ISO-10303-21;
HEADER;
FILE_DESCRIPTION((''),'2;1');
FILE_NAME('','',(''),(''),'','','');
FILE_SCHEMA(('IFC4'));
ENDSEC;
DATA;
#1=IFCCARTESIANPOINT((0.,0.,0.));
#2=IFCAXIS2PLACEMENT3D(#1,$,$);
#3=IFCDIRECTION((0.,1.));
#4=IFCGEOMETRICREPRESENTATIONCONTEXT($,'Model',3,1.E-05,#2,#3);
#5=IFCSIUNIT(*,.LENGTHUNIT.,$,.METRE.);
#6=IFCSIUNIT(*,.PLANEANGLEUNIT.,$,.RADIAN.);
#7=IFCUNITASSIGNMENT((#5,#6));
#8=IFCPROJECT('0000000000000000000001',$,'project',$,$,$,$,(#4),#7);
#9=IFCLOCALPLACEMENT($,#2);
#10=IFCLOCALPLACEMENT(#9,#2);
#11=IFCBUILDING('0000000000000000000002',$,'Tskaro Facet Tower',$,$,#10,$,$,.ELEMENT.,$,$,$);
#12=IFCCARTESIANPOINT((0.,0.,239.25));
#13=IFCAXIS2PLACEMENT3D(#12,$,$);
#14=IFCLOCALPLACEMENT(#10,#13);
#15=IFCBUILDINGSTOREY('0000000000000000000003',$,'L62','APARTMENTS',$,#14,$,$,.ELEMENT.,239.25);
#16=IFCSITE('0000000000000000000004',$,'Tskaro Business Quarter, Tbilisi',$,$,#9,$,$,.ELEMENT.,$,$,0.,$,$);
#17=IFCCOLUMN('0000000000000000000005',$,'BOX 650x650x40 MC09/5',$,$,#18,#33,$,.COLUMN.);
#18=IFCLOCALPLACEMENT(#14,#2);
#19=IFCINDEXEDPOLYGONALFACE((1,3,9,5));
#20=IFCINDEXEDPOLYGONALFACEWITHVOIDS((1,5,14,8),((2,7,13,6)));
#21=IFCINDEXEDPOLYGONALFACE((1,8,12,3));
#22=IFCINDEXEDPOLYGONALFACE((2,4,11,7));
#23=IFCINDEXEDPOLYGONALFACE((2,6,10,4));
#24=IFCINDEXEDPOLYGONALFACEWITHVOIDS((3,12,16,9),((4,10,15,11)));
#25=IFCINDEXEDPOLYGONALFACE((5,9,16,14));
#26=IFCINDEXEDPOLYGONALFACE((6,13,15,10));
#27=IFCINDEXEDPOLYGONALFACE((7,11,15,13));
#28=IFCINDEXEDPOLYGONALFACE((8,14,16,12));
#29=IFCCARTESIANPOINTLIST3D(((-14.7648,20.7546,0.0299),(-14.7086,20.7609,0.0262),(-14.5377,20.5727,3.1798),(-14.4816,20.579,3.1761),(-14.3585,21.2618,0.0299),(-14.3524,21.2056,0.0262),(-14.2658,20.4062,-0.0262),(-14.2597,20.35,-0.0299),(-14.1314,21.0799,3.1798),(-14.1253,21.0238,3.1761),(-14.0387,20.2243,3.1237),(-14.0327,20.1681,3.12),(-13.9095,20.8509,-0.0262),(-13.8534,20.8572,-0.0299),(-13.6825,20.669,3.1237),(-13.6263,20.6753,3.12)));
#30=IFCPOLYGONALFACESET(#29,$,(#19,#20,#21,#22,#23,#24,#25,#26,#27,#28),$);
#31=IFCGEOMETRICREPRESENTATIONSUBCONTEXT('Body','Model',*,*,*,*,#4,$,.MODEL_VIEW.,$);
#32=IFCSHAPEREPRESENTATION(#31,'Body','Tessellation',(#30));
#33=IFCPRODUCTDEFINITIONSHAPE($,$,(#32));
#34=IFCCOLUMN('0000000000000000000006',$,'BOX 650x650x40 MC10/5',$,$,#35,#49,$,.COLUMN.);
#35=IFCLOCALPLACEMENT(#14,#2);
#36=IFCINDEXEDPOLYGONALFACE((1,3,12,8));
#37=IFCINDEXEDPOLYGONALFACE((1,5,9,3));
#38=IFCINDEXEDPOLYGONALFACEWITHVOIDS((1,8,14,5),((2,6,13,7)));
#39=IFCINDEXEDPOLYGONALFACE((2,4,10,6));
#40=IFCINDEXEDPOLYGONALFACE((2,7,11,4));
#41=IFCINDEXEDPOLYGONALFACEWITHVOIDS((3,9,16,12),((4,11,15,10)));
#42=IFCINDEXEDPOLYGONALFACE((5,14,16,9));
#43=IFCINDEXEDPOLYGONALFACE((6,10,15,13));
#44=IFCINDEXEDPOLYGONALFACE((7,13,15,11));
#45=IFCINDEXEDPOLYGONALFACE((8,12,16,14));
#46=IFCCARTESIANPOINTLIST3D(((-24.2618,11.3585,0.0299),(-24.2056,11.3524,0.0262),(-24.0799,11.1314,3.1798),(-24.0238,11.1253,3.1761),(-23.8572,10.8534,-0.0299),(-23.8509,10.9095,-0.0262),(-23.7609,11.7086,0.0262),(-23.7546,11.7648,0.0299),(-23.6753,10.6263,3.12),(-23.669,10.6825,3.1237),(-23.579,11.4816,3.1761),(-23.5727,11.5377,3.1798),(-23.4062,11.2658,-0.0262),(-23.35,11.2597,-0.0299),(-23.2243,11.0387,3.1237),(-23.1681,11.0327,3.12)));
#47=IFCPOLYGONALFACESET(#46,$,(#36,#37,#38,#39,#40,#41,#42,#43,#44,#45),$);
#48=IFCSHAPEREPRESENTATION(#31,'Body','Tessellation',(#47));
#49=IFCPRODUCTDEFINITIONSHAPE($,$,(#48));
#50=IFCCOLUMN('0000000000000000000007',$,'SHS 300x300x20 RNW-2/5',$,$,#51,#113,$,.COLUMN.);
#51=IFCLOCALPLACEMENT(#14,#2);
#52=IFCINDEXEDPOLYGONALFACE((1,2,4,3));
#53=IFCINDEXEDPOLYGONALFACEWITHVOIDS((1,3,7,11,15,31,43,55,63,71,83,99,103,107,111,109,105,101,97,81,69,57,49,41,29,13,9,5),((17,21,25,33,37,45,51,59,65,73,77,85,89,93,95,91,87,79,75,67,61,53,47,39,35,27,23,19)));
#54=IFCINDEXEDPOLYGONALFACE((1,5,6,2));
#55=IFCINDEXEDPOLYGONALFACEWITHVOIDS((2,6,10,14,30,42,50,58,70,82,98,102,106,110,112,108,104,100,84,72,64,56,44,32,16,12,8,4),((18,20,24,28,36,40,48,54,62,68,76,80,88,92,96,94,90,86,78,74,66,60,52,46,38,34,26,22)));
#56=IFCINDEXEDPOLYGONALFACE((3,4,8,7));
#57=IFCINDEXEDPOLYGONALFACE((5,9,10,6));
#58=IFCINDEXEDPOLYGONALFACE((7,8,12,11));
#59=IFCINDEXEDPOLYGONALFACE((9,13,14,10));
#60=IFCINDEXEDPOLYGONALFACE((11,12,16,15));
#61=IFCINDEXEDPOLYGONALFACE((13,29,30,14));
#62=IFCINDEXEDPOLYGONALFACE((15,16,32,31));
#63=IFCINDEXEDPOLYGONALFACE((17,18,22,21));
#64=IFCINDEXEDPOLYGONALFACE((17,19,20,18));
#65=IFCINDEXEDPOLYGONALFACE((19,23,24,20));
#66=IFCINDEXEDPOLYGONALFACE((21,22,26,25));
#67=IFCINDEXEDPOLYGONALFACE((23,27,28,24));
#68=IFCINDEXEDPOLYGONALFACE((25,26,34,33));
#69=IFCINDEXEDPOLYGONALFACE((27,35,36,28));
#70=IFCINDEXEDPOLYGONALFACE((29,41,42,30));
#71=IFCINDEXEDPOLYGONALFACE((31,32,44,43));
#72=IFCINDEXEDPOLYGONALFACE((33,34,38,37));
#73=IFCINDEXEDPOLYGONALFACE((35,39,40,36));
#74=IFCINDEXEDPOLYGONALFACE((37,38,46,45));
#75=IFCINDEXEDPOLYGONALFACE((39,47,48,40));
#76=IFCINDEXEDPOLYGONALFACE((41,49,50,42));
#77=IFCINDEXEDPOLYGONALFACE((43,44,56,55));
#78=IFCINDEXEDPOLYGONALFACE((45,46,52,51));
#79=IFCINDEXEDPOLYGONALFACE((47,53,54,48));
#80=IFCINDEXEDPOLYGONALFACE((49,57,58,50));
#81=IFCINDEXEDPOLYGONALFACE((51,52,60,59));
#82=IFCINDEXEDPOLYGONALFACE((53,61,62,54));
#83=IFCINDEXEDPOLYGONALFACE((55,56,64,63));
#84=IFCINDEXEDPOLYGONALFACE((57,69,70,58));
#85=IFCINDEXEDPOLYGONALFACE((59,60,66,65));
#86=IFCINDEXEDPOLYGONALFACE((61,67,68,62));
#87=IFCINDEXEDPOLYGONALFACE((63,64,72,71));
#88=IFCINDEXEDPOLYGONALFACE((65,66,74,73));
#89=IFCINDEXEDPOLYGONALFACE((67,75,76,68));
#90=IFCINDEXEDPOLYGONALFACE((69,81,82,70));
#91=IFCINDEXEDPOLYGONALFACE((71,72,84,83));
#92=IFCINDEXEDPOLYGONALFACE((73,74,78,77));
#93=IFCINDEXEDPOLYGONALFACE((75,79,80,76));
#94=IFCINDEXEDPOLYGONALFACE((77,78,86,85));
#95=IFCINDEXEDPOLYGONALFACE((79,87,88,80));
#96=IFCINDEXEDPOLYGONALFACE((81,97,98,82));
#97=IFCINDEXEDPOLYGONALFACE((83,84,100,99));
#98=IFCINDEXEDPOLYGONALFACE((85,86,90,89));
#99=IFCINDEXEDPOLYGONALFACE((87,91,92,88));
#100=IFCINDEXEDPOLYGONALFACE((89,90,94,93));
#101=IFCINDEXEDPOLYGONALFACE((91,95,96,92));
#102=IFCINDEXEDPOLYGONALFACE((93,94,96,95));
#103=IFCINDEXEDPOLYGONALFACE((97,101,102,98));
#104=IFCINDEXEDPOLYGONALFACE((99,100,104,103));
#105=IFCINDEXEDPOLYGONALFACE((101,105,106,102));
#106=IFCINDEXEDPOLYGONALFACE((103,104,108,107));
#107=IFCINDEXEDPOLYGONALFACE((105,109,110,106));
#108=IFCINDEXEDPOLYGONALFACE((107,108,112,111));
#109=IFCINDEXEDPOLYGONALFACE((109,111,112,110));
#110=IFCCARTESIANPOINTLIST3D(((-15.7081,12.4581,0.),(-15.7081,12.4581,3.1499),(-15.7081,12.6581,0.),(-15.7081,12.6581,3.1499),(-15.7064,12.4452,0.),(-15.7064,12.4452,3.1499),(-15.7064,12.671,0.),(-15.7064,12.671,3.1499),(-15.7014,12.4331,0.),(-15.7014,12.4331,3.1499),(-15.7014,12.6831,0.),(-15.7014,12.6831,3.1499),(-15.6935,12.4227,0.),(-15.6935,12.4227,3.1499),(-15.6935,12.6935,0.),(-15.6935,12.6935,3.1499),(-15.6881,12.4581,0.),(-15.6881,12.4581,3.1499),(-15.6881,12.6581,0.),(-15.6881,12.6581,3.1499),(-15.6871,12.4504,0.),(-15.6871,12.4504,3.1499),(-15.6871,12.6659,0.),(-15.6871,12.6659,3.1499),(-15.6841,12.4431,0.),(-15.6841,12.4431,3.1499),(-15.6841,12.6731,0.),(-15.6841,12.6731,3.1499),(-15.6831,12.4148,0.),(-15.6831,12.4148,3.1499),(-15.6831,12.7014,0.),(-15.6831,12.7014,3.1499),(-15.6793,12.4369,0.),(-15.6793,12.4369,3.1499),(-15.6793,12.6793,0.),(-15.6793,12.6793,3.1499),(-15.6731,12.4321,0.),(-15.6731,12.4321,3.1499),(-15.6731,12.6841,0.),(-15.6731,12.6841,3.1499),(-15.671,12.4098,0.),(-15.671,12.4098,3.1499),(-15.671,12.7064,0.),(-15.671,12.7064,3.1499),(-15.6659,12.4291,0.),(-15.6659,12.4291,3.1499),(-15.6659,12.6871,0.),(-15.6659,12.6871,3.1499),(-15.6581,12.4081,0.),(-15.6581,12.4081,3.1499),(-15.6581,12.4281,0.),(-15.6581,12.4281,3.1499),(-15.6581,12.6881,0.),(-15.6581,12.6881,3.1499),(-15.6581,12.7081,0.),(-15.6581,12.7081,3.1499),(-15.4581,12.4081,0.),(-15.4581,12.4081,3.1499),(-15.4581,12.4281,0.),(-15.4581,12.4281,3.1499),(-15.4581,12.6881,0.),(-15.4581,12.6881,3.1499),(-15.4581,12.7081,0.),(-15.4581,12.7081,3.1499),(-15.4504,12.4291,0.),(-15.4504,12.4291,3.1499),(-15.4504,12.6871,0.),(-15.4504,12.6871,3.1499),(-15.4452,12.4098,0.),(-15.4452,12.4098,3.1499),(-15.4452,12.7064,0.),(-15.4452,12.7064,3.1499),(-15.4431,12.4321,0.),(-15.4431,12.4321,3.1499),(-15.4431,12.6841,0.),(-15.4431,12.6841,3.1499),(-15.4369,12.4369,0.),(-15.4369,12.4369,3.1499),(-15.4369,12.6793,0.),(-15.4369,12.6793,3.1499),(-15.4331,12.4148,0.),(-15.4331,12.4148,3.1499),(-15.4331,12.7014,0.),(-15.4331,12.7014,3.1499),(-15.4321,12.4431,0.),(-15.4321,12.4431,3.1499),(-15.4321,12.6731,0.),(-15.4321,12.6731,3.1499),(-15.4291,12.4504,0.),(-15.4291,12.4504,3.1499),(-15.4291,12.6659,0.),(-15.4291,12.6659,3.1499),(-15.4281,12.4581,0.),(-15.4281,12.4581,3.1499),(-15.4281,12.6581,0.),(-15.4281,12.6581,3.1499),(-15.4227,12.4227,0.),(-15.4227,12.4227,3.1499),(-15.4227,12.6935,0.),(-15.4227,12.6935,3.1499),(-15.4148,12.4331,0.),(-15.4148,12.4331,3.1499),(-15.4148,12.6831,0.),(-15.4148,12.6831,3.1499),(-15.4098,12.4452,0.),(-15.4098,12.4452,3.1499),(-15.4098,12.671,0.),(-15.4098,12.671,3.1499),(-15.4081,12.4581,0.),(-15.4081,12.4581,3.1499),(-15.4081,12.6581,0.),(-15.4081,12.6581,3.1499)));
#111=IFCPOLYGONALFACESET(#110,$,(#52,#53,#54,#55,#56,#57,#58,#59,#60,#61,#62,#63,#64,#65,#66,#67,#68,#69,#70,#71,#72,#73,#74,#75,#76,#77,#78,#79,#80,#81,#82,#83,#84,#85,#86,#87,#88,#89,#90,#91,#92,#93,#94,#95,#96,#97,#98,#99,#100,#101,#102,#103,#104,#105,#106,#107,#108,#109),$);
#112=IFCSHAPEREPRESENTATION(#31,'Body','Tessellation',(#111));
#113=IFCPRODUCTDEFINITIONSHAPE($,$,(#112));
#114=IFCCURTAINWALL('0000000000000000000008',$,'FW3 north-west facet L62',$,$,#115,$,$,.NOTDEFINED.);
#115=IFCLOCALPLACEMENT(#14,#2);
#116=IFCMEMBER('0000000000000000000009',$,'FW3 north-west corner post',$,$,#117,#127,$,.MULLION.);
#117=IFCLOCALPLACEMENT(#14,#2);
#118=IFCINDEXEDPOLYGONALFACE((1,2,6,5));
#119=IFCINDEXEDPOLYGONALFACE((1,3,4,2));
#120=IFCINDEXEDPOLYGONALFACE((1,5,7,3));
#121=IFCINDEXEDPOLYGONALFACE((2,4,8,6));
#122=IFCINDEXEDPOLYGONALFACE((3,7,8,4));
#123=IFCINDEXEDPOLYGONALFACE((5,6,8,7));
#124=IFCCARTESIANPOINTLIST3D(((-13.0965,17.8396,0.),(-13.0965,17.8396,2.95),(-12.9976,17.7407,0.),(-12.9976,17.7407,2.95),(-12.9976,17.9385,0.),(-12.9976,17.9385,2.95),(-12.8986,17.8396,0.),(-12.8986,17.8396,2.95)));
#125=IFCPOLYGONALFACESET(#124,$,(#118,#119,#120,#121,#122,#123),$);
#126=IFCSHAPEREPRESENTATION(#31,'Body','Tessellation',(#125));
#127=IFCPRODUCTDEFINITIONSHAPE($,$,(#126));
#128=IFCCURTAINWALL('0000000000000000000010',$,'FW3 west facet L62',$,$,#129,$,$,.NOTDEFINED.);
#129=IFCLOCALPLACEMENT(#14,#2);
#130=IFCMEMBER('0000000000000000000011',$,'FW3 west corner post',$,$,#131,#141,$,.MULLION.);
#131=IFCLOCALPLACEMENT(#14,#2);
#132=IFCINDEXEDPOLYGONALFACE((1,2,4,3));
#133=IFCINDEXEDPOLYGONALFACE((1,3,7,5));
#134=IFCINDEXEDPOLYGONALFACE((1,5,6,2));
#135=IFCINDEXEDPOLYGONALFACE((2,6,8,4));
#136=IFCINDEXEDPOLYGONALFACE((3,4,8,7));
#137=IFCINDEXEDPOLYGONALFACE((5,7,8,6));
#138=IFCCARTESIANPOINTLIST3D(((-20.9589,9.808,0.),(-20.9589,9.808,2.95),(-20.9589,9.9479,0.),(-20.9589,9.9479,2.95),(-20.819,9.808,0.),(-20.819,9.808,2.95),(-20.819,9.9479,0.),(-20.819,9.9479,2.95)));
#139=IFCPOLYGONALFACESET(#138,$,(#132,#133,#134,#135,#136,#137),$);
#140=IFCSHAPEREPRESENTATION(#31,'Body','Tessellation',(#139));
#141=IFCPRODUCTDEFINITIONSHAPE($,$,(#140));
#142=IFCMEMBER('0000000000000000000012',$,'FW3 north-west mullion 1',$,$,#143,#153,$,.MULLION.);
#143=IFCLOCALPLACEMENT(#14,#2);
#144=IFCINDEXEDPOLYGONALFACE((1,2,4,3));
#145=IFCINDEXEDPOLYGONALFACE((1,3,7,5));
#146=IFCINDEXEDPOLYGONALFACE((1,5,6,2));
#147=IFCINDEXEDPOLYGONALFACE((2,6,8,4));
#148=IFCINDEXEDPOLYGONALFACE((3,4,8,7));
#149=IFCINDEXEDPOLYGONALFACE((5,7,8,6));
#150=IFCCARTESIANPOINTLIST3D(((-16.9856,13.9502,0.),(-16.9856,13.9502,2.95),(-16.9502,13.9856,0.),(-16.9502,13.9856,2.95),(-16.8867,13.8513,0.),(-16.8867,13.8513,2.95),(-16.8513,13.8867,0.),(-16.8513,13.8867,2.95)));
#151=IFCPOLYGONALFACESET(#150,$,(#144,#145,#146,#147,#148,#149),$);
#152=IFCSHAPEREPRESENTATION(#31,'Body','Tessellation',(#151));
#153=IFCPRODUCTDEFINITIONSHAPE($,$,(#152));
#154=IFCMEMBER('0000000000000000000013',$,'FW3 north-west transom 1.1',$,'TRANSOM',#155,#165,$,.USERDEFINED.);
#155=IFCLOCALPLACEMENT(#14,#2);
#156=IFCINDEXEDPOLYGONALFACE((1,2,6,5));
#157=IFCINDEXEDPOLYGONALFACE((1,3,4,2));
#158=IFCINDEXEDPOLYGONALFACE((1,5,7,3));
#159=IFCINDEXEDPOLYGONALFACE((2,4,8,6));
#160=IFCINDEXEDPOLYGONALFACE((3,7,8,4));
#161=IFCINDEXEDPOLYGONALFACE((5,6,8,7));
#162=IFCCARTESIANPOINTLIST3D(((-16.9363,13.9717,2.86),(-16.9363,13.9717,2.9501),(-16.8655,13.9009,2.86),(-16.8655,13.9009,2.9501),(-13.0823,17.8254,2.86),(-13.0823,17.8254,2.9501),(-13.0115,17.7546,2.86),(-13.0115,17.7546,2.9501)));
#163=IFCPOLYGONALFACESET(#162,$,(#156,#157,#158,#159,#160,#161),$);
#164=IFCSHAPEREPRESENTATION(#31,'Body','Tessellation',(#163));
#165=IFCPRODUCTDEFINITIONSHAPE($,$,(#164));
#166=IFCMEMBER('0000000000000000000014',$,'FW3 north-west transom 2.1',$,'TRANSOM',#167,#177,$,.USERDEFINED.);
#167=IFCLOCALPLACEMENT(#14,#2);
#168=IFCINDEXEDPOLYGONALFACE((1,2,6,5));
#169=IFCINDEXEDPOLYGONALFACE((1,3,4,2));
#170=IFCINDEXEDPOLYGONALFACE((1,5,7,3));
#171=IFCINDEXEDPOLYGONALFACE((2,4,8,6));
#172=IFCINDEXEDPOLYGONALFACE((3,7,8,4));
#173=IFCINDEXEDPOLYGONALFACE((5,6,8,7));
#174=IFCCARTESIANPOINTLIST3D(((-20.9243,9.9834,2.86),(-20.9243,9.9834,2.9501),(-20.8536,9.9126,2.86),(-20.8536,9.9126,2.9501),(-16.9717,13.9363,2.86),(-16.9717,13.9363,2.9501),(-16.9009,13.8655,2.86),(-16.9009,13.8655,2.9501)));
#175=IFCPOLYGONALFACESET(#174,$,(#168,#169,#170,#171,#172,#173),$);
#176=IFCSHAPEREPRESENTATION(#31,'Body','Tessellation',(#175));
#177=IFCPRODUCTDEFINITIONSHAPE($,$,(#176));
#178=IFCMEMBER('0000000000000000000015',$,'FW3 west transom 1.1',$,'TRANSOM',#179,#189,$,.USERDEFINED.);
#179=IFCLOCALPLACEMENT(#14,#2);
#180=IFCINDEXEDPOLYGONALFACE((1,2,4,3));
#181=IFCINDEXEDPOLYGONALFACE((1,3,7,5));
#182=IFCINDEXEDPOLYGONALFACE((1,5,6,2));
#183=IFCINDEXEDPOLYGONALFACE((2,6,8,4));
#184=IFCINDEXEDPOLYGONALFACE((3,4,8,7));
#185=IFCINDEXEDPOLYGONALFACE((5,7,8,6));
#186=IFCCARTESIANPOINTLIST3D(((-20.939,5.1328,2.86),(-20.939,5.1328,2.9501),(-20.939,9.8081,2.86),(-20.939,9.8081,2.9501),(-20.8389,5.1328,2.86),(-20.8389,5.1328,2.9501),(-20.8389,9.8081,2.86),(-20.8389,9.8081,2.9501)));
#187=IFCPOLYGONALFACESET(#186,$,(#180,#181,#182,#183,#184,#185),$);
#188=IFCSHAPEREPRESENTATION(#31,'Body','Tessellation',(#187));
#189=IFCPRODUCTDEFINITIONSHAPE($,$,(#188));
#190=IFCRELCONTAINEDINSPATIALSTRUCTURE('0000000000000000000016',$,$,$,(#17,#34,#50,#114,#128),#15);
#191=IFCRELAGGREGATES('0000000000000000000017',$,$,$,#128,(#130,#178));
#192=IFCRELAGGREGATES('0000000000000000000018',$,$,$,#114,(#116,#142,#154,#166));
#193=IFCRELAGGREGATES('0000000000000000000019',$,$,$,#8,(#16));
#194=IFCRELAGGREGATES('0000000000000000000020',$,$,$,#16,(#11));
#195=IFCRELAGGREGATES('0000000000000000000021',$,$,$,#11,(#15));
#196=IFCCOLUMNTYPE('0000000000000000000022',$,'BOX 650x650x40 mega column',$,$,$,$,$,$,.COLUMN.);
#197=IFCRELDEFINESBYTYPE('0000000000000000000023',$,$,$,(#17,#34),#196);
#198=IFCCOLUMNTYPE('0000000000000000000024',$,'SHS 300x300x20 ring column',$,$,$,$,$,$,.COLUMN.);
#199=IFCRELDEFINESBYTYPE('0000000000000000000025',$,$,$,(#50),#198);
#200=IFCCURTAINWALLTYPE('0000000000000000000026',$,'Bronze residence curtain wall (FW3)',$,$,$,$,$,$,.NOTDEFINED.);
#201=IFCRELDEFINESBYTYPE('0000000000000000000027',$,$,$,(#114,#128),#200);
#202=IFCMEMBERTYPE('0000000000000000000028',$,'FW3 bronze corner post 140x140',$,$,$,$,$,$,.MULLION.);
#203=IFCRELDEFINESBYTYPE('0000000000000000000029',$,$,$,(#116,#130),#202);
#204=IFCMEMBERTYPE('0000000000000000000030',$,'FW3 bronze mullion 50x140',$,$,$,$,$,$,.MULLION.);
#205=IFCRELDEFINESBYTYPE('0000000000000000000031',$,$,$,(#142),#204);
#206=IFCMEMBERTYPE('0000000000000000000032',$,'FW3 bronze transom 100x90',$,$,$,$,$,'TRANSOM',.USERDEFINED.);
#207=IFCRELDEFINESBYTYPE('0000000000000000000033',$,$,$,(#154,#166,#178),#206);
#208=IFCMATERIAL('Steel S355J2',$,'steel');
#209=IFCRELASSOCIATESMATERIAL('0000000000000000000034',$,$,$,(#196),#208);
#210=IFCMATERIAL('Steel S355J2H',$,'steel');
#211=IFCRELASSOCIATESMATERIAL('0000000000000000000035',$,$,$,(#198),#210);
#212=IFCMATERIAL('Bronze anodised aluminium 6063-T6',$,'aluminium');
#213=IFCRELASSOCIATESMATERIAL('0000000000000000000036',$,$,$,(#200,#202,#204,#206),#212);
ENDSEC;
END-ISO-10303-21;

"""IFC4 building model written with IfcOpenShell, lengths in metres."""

from ifc_helpers import new_model, si_unit, direction, frame, origin, origin_2d, place, context, subcontext, project, spatial, rectangle, hollow_rectangle, extrude, material, material_profile, profile_set, type_object, element, aggregate, save


model = new_model("IFC4")

# Units and contexts
model_context = context("Model", 3, precision=1e-05, world=origin(), true_north=direction((0.0, 1.0)))
body_context = subcontext(model_context, "Body", "Model", "MODEL_VIEW")
ifc_project = project(units=[si_unit("LENGTHUNIT", "METRE"), si_unit("PLANEANGLEUNIT", "RADIAN")], contexts=[model_context])

# Site, building, storey
site_placement = place(None, origin())
site = spatial("IfcSite", under=ifc_project, at=site_placement, Name="Tskaro Business Quarter, Tbilisi", CompositionType="ELEMENT", RefElevation=0.0)
building_placement = place(site_placement, origin())
building = spatial("IfcBuilding", under=site, at=building_placement, Name="Tskaro Facet Tower", CompositionType="ELEMENT")
storey_placement = place(building_placement, frame((0.0, 0.0, 239.25)))
storey = spatial("IfcBuildingStorey", under=building, at=storey_placement, Name="L62", Description="APARTMENTS", CompositionType="ELEMENT", Elevation=239.25)

# Columns
ifc_material_1 = material(Name="Steel S355J2", Category="steel")
ifc_material_profile_1 = material_profile(ifc_material_1, hollow_rectangle(XDim=0.6499, YDim=0.6499, WallThickness=0.04, at=origin_2d()), Name="BOX 650x650x40")
ifc_profile_set_1 = profile_set([ifc_material_profile_1], Name="Steel S355J2")
column_type_1 = type_object("IfcColumnType", Name="BOX 650x650x40 mega column", PredefinedType="COLUMN", material=ifc_profile_set_1)
for number, where, z_axis, x_axis, name in (
    (1, (-14.3091, 20.8059, 0.0), (0.071776, -0.057498, 0.995762), (0.625207, 0.780459, 0.0), "BOX 650x650x40 MC09/5"),
    (2, (-23.8059, 11.3091, 0.0), (0.057498, -0.071776, 0.995762), (0.780459, 0.625207, 0.0), "BOX 650x650x40 MC10/5"),
):
    element("IfcColumn", number, at=place(storey_placement, frame(where, z_axis=z_axis, x_axis=x_axis)), inside=storey, type_object=column_type_1, Name=name, PredefinedType="COLUMN", context=body_context, shape_type="SweptSolid", body=[
        extrude(hollow_rectangle(XDim=0.6499, YDim=0.6499, WallThickness=0.04, at=origin_2d()), origin(), (0.0, 0.0, 1.0), 3.1633),
    ])
ifc_material_2 = material(Name="Steel S355J2H", Category="steel")
ifc_material_profile_2 = material_profile(ifc_material_2, hollow_rectangle(XDim=0.3, YDim=0.3, WallThickness=0.02, InnerFilletRadius=0.03, OuterFilletRadius=0.05, at=origin_2d()), Name="SHS 300x300x20")
ifc_profile_set_2 = profile_set([ifc_material_profile_2], Name="Steel S355J2H")
column_type_2 = type_object("IfcColumnType", Name="SHS 300x300x20 ring column", PredefinedType="COLUMN", material=ifc_profile_set_2)
column_placement = place(storey_placement, frame((-15.5581, 12.5581, 0.0), z_axis=(0.0, 0.0, 1.0), x_axis=(1.0, 0.0, 0.0)))
element("IfcColumn", 3, at=column_placement, inside=storey, type_object=column_type_2, Name="SHS 300x300x20 RNW-2/5", PredefinedType="COLUMN", context=body_context, shape_type="SweptSolid", body=[
    extrude(hollow_rectangle(XDim=0.3, YDim=0.3, WallThickness=0.02, InnerFilletRadius=0.03, OuterFilletRadius=0.05, at=origin_2d()), origin(), (0.0, 0.0, 1.0), 3.1499),
])

# Curtain walls, members
ifc_material_3 = material(Name="Bronze anodised aluminium 6063-T6", Category="aluminium")
curtain_wall_type = type_object("IfcCurtainWallType", Name="Bronze residence curtain wall (FW3)", PredefinedType="NOTDEFINED", material=ifc_material_3)
curtain_wall_1_placement = place(storey_placement, origin())
curtain_wall_1 = element("IfcCurtainWall", 4, at=curtain_wall_1_placement, inside=storey, type_object=curtain_wall_type, Name="FW3 north-west facet L62", PredefinedType="NOTDEFINED")
ifc_material_profile_3 = material_profile(ifc_material_3, rectangle(XDim=0.1399, YDim=0.1399, at=origin_2d()), Name="Corner post 140x140")
ifc_profile_set_3 = profile_set([ifc_material_profile_3], Name="Bronze anodised aluminium 6063-T6")
member_type_1 = type_object("IfcMemberType", Name="FW3 bronze corner post 140x140", PredefinedType="MULLION", material=ifc_profile_set_3)
member_1_placement = place(storey_placement, frame((-12.9976, 17.8396, 0.0), z_axis=(0.0, 0.0, 1.0), x_axis=(-0.707107, -0.707107, 0.0)))
member_1 = element("IfcMember", 5, at=member_1_placement, type_object=member_type_1, Name="FW3 north-west corner post", PredefinedType="MULLION", context=body_context, shape_type="SweptSolid", body=[
    extrude(rectangle(XDim=0.1399, YDim=0.1399, at=origin_2d()), origin(), (0.0, 0.0, 1.0), 2.95),
])
curtain_wall_2_placement = place(storey_placement, origin())
curtain_wall_2 = element("IfcCurtainWall", 6, at=curtain_wall_2_placement, inside=storey, type_object=curtain_wall_type, Name="FW3 west facet L62", PredefinedType="NOTDEFINED")
member_2_placement = place(storey_placement, frame((-20.8889, 9.8779, 0.0), z_axis=(0.0, 0.0, 1.0), x_axis=(0.0, -1.0, 0.0)))
member_2 = element("IfcMember", 7, at=member_2_placement, type_object=member_type_1, Name="FW3 west corner post", PredefinedType="MULLION", context=body_context, shape_type="SweptSolid", body=[
    extrude(rectangle(XDim=0.1399, YDim=0.1399, at=origin_2d()), origin(), (0.0, 0.0, 1.0), 2.95),
])

# Members
ifc_material_profile_4 = material_profile(ifc_material_3, rectangle(XDim=0.05, YDim=0.1399, at=origin_2d()), Name="Mullion 50x140")
ifc_profile_set_4 = profile_set([ifc_material_profile_4], Name="Bronze anodised aluminium 6063-T6")
member_type_2 = type_object("IfcMemberType", Name="FW3 bronze mullion 50x140", PredefinedType="MULLION", material=ifc_profile_set_4)
member_3_placement = place(storey_placement, frame((-16.9185, 13.9185, 0.0), z_axis=(0.0, 0.0, 1.0), x_axis=(-0.707107, -0.707107, 0.0)))
member_3 = element("IfcMember", 8, at=member_3_placement, type_object=member_type_2, Name="FW3 north-west mullion 1", PredefinedType="MULLION", context=body_context, shape_type="SweptSolid", body=[
    extrude(rectangle(XDim=0.05, YDim=0.1399, at=origin_2d()), origin(), (0.0, 0.0, 1.0), 2.95),
])
ifc_material_profile_5 = material_profile(ifc_material_3, rectangle(XDim=0.1001, YDim=0.0901, at=origin_2d()), Name="Transom 100x90")
ifc_profile_set_5 = profile_set([ifc_material_profile_5], Name="Bronze anodised aluminium 6063-T6")
member_type_3 = type_object("IfcMemberType", Name="FW3 bronze transom 100x90", ElementType="TRANSOM", PredefinedType="USERDEFINED", material=ifc_profile_set_5)
member_4_placement = place(storey_placement, frame((-13.0469, 17.79, 2.905), z_axis=(-0.707129, -0.707084, 0.0), x_axis=(0.707084, -0.707129, 0.0)))
member_4 = element("IfcMember", 9, at=member_4_placement, type_object=member_type_3, Name="FW3 north-west transom 1.1", ObjectType="TRANSOM", PredefinedType="USERDEFINED", context=body_context, shape_type="SweptSolid", body=[
    extrude(rectangle(XDim=0.1001, YDim=0.0901, at=origin_2d()), origin(), (0.0, 0.0, 1.0), 5.4502),
])
member_5_placement = place(storey_placement, frame((-16.9363, 13.9009, 2.905), z_axis=(-0.707085, -0.707129, 0.0), x_axis=(0.707129, -0.707085, 0.0)))
member_5 = element("IfcMember", 10, at=member_5_placement, type_object=member_type_3, Name="FW3 north-west transom 2.1", ObjectType="TRANSOM", PredefinedType="USERDEFINED", context=body_context, shape_type="SweptSolid", body=[
    extrude(rectangle(XDim=0.1001, YDim=0.0901, at=origin_2d()), origin(), (0.0, 0.0, 1.0), 5.5901),
])
member_6_placement = place(storey_placement, frame((-20.8889, 9.8081, 2.905), z_axis=(0.0, -1.0, 0.0), x_axis=(1.0, 0.0, 0.0)))
member_6 = element("IfcMember", 11, at=member_6_placement, type_object=member_type_3, Name="FW3 west transom 1.1", ObjectType="TRANSOM", PredefinedType="USERDEFINED", context=body_context, shape_type="SweptSolid", body=[
    extrude(rectangle(XDim=0.1001, YDim=0.0901, at=origin_2d()), origin(), (0.0, 0.0, 1.0), 4.6753),
])
aggregate(curtain_wall_2, [member_2, member_6])

aggregate(curtain_wall_1, [member_1, member_3, member_4, member_5])

save(model, "model.ifc")
